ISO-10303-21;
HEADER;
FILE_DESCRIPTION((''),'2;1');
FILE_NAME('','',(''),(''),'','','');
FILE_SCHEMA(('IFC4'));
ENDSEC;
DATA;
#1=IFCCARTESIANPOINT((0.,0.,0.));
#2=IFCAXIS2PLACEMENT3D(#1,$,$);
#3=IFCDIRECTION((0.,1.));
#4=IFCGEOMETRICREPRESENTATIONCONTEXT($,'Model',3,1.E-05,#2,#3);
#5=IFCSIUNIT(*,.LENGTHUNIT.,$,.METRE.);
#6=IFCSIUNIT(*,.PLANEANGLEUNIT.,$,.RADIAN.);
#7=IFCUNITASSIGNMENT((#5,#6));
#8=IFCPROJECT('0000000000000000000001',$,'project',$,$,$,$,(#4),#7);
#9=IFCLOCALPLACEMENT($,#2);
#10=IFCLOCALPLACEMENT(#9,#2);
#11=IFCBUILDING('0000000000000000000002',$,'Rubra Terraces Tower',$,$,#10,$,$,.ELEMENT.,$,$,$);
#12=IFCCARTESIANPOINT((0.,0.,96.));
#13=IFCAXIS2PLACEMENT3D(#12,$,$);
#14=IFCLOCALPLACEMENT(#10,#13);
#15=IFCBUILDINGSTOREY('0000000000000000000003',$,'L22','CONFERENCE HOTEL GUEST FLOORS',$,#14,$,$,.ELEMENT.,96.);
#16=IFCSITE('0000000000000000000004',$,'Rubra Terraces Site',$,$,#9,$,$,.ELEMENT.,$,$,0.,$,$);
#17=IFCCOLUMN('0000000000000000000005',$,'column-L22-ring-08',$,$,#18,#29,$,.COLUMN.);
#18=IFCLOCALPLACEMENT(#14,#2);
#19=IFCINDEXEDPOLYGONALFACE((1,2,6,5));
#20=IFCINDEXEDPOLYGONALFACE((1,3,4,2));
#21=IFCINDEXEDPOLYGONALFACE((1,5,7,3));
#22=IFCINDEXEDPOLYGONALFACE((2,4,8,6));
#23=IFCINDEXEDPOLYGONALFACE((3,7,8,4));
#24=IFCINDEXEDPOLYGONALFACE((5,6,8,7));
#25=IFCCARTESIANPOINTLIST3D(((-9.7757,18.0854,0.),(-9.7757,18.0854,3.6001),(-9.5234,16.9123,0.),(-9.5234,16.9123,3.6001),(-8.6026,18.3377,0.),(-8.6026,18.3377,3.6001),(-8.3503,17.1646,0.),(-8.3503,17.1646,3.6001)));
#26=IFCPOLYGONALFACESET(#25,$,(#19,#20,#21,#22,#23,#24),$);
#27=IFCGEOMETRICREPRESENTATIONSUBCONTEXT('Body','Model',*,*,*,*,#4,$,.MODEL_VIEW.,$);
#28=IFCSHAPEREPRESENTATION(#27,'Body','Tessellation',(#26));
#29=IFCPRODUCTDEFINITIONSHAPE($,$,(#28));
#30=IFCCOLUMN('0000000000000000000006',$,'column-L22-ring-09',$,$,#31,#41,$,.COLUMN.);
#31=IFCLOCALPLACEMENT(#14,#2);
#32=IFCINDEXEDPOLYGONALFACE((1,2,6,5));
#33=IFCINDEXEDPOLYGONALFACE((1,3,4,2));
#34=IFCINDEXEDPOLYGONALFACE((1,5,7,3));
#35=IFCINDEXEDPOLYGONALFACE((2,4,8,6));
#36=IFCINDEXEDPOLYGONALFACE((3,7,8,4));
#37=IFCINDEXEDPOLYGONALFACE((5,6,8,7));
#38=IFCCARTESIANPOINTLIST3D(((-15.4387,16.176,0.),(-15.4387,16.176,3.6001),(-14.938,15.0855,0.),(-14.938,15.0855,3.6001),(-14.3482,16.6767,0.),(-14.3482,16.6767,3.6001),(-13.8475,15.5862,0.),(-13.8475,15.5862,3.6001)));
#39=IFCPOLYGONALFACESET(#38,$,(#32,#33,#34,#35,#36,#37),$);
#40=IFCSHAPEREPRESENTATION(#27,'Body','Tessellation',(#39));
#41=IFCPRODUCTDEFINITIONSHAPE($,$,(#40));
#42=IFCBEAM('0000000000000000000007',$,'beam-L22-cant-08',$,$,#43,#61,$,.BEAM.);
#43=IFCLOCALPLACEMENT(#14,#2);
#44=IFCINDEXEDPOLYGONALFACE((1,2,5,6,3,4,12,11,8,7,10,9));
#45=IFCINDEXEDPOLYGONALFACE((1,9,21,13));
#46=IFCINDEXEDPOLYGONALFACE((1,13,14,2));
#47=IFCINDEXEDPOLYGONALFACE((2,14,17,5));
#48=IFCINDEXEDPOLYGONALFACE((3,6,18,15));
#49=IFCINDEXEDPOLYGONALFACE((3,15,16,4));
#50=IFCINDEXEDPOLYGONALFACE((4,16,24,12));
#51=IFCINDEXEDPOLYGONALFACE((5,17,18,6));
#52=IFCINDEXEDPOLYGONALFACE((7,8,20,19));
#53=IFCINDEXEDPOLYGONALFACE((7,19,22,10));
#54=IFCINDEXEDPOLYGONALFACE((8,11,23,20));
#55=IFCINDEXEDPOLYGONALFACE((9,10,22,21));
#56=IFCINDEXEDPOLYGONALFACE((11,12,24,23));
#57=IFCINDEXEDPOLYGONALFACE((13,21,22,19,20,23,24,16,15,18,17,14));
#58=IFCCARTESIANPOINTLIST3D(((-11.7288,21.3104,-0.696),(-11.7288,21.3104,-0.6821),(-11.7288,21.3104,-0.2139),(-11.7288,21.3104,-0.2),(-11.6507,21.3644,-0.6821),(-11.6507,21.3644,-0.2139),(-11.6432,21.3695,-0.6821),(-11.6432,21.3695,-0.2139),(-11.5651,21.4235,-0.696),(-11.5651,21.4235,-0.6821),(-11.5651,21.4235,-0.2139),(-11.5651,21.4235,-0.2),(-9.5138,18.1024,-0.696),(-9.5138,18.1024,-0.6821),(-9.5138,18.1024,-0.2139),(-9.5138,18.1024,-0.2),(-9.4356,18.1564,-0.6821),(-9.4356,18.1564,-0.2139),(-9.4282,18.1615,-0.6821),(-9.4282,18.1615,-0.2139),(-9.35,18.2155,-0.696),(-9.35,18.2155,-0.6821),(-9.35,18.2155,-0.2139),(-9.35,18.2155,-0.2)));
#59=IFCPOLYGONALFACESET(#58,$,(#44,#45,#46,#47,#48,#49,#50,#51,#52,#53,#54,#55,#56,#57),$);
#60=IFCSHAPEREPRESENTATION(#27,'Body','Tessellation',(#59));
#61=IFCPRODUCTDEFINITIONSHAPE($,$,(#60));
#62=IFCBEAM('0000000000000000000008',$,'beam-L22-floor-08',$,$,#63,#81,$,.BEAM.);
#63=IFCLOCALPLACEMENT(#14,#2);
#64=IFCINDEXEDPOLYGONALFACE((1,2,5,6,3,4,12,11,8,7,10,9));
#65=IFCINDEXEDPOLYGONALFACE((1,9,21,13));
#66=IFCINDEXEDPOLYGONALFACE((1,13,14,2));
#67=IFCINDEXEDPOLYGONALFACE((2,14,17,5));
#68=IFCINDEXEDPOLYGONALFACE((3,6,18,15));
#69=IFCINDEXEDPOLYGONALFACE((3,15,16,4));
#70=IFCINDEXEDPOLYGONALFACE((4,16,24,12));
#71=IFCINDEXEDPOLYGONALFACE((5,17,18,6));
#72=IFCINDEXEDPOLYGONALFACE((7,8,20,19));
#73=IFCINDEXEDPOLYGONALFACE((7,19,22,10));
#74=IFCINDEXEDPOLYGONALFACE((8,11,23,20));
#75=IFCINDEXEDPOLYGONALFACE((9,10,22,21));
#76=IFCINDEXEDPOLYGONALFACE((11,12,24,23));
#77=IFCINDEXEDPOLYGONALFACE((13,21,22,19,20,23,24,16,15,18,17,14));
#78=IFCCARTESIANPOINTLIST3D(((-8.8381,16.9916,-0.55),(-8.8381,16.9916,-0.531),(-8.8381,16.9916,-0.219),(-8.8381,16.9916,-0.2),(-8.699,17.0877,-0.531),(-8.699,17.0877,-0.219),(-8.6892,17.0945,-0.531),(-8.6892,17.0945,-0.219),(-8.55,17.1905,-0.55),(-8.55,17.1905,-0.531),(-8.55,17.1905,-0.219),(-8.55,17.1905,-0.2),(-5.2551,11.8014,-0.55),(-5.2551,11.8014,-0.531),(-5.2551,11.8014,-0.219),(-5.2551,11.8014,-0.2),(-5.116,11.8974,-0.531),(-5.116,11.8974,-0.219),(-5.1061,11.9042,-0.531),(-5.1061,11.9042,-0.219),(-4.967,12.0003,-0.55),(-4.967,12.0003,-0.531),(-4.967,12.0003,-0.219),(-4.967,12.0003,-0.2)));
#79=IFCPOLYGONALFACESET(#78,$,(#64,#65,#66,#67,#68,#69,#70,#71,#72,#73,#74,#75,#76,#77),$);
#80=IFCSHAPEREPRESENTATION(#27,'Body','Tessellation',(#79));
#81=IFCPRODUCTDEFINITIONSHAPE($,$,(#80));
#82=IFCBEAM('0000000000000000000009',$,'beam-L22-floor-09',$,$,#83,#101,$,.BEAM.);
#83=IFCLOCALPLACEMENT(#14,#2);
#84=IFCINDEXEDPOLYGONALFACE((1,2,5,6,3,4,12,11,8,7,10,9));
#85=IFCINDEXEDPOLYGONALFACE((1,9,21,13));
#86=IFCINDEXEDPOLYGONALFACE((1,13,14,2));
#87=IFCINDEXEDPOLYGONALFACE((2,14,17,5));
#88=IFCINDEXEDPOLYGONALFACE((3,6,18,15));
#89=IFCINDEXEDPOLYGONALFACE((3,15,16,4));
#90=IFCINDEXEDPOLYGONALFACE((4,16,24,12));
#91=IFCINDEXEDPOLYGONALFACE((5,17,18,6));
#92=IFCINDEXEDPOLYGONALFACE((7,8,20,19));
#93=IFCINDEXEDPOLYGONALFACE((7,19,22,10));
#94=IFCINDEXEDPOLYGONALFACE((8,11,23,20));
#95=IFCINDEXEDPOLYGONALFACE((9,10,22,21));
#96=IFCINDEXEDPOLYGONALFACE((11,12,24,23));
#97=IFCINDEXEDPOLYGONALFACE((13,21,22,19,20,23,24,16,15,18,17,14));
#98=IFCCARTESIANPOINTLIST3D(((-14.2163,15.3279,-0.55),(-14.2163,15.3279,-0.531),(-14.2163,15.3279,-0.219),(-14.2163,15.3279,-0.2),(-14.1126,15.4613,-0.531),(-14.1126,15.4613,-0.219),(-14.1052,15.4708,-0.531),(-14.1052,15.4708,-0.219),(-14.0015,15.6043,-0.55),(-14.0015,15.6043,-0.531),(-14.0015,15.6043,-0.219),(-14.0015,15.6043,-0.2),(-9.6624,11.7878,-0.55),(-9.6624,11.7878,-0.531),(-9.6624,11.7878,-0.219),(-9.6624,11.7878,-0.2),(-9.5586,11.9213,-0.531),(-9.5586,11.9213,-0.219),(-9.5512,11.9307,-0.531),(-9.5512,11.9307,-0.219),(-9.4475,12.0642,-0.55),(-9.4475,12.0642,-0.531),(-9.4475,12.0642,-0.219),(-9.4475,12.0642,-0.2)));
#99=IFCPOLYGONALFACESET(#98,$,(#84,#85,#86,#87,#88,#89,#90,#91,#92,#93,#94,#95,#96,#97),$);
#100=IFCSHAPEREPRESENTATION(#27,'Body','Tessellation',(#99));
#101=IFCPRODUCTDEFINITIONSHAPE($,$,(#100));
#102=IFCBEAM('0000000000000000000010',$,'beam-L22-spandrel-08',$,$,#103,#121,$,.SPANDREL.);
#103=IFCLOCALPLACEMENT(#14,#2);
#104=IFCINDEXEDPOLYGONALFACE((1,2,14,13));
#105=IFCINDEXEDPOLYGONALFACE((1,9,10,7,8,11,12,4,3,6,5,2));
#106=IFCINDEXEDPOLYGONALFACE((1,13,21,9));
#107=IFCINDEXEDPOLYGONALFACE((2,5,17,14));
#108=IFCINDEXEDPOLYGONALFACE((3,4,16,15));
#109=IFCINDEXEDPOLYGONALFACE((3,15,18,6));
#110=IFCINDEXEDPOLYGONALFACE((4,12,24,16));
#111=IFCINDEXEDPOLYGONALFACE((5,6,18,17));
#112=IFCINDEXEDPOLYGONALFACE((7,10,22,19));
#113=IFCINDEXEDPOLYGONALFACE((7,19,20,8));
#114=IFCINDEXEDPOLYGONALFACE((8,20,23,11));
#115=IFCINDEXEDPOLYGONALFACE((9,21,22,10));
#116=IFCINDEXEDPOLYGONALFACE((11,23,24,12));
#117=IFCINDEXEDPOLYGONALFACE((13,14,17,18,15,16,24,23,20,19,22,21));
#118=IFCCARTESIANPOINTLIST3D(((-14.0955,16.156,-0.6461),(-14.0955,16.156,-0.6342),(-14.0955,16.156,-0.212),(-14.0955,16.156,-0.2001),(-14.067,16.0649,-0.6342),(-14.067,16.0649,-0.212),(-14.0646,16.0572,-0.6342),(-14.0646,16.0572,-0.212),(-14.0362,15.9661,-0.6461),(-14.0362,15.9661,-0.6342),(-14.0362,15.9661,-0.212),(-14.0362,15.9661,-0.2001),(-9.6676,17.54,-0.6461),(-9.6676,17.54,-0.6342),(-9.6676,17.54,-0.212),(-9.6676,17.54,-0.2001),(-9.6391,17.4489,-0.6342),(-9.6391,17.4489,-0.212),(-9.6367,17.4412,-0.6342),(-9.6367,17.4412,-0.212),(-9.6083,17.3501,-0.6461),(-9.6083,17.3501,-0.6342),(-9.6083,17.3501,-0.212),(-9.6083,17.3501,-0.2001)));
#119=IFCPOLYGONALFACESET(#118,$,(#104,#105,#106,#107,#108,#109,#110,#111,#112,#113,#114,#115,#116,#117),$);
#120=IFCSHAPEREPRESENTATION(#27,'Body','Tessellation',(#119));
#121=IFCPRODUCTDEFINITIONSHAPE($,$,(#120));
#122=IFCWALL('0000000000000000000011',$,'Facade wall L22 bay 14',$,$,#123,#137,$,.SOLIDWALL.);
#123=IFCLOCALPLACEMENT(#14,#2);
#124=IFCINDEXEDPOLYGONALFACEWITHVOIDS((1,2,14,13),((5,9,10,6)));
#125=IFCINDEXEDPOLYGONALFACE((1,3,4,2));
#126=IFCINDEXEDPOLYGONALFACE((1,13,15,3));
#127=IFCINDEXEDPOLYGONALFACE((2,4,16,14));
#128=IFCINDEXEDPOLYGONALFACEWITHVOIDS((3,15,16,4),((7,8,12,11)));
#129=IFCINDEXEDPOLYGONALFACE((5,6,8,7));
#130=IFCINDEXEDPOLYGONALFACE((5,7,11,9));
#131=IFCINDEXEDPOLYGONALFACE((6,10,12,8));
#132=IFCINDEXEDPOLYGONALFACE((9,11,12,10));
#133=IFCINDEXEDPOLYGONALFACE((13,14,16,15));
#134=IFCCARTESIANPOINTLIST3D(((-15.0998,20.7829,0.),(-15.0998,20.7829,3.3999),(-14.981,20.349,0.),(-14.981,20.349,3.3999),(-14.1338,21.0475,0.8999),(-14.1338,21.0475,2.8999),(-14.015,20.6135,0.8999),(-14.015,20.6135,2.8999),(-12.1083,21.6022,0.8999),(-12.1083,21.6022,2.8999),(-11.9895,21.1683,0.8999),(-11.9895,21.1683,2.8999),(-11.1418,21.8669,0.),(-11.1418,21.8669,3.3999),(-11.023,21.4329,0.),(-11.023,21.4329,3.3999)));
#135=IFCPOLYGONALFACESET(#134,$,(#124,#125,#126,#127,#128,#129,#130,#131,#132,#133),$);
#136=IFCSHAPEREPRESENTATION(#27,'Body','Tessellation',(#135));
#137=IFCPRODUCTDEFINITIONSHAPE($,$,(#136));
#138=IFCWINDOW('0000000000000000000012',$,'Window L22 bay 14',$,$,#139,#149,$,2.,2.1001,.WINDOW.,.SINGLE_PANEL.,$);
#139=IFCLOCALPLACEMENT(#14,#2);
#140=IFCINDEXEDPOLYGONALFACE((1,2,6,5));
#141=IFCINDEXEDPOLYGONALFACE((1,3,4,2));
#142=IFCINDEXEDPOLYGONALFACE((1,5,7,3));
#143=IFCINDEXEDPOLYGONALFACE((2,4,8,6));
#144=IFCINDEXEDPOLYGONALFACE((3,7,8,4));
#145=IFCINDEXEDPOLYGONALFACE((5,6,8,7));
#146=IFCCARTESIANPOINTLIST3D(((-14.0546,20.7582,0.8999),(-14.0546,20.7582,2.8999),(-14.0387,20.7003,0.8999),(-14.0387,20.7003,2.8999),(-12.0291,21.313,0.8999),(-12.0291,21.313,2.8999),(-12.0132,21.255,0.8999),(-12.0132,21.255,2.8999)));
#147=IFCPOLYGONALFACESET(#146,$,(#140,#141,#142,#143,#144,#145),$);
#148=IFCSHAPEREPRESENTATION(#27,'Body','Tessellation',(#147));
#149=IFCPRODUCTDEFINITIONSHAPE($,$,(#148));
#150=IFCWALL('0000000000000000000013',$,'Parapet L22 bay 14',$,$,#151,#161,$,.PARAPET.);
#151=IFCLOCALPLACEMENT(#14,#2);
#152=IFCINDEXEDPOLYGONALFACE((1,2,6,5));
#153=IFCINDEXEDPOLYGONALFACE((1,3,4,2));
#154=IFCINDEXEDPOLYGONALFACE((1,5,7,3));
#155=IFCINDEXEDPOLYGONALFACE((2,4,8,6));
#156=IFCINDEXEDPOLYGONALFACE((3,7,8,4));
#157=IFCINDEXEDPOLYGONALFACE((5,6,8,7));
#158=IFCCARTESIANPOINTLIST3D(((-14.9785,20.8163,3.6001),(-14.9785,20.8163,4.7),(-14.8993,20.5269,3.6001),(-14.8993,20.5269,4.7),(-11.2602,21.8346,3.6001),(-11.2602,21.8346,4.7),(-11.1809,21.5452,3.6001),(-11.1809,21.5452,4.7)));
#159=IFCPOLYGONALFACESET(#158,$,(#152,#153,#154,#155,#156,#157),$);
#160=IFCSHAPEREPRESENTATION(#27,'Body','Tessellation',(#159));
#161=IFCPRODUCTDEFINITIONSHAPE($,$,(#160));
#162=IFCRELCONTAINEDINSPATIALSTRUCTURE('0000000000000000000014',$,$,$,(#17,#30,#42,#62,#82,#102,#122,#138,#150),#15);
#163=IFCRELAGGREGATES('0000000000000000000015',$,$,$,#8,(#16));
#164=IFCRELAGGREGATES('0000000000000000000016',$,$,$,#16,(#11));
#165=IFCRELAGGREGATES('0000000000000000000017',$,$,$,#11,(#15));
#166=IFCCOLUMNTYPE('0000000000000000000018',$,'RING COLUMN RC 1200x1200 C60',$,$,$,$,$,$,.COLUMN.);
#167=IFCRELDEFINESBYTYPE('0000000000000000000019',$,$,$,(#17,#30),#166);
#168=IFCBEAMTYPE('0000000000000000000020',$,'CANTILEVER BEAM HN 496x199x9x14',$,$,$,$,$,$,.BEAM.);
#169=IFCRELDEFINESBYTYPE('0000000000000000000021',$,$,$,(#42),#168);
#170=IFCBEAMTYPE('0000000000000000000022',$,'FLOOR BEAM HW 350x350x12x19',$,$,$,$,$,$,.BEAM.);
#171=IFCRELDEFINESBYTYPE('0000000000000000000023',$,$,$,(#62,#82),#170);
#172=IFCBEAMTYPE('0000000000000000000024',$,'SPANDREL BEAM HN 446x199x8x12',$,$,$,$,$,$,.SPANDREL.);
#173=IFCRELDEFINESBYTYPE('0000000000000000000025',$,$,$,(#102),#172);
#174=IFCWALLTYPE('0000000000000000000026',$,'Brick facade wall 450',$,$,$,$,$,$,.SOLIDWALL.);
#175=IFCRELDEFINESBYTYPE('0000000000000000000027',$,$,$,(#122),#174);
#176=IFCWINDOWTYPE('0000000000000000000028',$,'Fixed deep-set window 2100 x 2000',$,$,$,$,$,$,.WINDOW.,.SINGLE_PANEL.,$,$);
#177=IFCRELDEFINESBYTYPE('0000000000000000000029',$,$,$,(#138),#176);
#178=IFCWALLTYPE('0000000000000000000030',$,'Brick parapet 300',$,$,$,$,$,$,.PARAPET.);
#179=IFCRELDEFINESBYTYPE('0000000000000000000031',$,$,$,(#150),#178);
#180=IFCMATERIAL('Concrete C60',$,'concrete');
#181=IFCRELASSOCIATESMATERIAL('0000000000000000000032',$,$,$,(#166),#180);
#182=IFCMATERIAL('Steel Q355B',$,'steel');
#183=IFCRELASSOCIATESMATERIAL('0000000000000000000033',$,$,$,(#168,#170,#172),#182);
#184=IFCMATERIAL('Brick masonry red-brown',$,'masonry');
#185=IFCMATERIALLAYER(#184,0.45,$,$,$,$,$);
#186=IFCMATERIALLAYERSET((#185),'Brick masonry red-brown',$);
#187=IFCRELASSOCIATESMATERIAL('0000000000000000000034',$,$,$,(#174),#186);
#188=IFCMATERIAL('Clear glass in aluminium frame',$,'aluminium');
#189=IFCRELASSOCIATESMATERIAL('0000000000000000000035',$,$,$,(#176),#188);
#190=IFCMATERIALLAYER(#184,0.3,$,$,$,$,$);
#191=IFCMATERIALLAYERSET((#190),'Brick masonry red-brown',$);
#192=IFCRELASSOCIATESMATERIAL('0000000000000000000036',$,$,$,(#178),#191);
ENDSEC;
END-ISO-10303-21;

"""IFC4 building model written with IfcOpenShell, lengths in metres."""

from ifc_helpers import new_model, si_unit, direction, frame, frame_2d, origin, origin_2d, place, context, subcontext, project, spatial, rectangle, i_section, extrude, material, layer, layer_set, material_profile, profile_set, type_object, element, fill, save


model = new_model("IFC4")

# Units and contexts
model_context = context("Model", 3, precision=1e-05, world=origin(), true_north=direction((0.0, 1.0)))
body_context = subcontext(model_context, "Body", "Model", "MODEL_VIEW")
ifc_project = project(units=[si_unit("LENGTHUNIT", "METRE"), si_unit("PLANEANGLEUNIT", "RADIAN")], contexts=[model_context])

# Site, building, storey
site_placement = place(None, origin())
site = spatial("IfcSite", under=ifc_project, at=site_placement, Name="Rubra Terraces Site", CompositionType="ELEMENT", RefElevation=0.0)
building_placement = place(site_placement, origin())
building = spatial("IfcBuilding", under=site, at=building_placement, Name="Rubra Terraces Tower", CompositionType="ELEMENT")
storey_placement = place(building_placement, frame((0.0, 0.0, 96.0)))
storey = spatial("IfcBuildingStorey", under=building, at=storey_placement, Name="L22", Description="CONFERENCE HOTEL GUEST FLOORS", CompositionType="ELEMENT", Elevation=96.0)

# Columns
ifc_material_1 = material(Name="Concrete C60", Category="concrete")
ifc_material_profile_1 = material_profile(ifc_material_1, rectangle(XDim=1.2, YDim=1.2, at=origin_2d()), Name="RC 1200x1200")
ifc_profile_set_1 = profile_set([ifc_material_profile_1], Name="Concrete C60")
column_type = type_object("IfcColumnType", Name="RING COLUMN RC 1200x1200 C60", PredefinedType="COLUMN", material=ifc_profile_set_1)
for number, where, z_axis, x_axis, name in (
    (1, (-9.063, 17.625, 0.0), (0.0, 0.0, 1.0), (-0.977653, -0.210227, 0.0), "column-L22-ring-08"),
    (2, (-14.6431, 15.8811, 0.0), (0.0, 0.0, 1.0), (-0.908779, -0.417279, 0.0), "column-L22-ring-09"),
):
    element("IfcColumn", number, at=place(storey_placement, frame(where, z_axis=z_axis, x_axis=x_axis)), inside=storey, type_object=column_type, Name=name, PredefinedType="COLUMN", context=body_context, shape_type="SweptSolid", body=[
        extrude(rectangle(XDim=1.2, YDim=1.2, at=origin_2d()), origin(), (0.0, 0.0, 1.0), 3.6001),
    ])

# Beams
ifc_material_2 = material(Name="Steel Q355B", Category="steel")
ifc_material_profile_2 = material_profile(ifc_material_2, i_section(OverallWidth=0.199, OverallDepth=0.4961, WebThickness=0.009, FlangeThickness=0.0139, at=origin_2d()), Name="HN 496x199x9x14")
ifc_profile_set_2 = profile_set([ifc_material_profile_2], Name="Steel Q355B")
beam_type_1 = type_object("IfcBeamType", Name="CANTILEVER BEAM HN 496x199x9x14", PredefinedType="BEAM", material=ifc_profile_set_2)
beam_1_placement = place(storey_placement, frame((-9.4319, 18.1589, -0.448), z_axis=(-0.568197, 0.822893, 0.0), x_axis=(-0.822893, -0.568197, 0.0)))
element("IfcBeam", 3, at=beam_1_placement, inside=storey, type_object=beam_type_1, Name="beam-L22-cant-08", PredefinedType="BEAM", context=body_context, shape_type="SweptSolid", body=[
    extrude(i_section(OverallWidth=0.199, OverallDepth=0.4961, WebThickness=0.009, FlangeThickness=0.0139, at=origin_2d()), origin(), (0.0, 0.0, 1.0), 3.8984),
])
ifc_material_profile_3 = material_profile(ifc_material_2, i_section(OverallWidth=0.3501, OverallDepth=0.3501, WebThickness=0.012, FlangeThickness=0.019, at=origin_2d()), Name="HW 350x350x12x19")
ifc_profile_set_3 = profile_set([ifc_material_profile_3], Name="Steel Q355B")
beam_type_2 = type_object("IfcBeamType", Name="FLOOR BEAM HW 350x350x12x19", PredefinedType="BEAM", material=ifc_profile_set_3)
beam_2_placement = place(storey_placement, frame((-8.6941, 17.0911, -0.375), z_axis=(0.568116, -0.822948, 0.0), x_axis=(0.822948, 0.568116, 0.0)))
element("IfcBeam", 4, at=beam_2_placement, inside=storey, type_object=beam_type_2, Name="beam-L22-floor-08", PredefinedType="BEAM", context=body_context, shape_type="SweptSolid", body=[
    extrude(i_section(OverallWidth=0.3501, OverallDepth=0.3501, WebThickness=0.012, FlangeThickness=0.019, at=origin_2d()), origin(), (0.0, 0.0, 1.0), 6.3069),
])
beam_3_placement = place(storey_placement, frame((-14.1089, 15.4661, -0.375), z_axis=(0.789514, -0.613733, 0.0), x_axis=(0.613733, 0.789514, 0.0)))
element("IfcBeam", 5, at=beam_3_placement, inside=storey, type_object=beam_type_2, Name="beam-L22-floor-09", PredefinedType="BEAM", context=body_context, shape_type="SweptSolid", body=[
    extrude(i_section(OverallWidth=0.3501, OverallDepth=0.3501, WebThickness=0.012, FlangeThickness=0.019, at=origin_2d()), origin(), (0.0, 0.0, 1.0), 5.7681),
])
ifc_material_profile_4 = material_profile(ifc_material_2, i_section(OverallWidth=0.199, OverallDepth=0.446, WebThickness=0.0081, FlangeThickness=0.012, at=origin_2d()), Name="HN 446x199x8x12")
ifc_profile_set_4 = profile_set([ifc_material_profile_4], Name="Steel Q355B")
beam_type_3 = type_object("IfcBeamType", Name="SPANDREL BEAM HN 446x199x8x12", PredefinedType="SPANDREL", material=ifc_profile_set_4)
beam_4_placement = place(storey_placement, frame((-9.6379, 17.4451, -0.4231), z_axis=(-0.954462, -0.298332, 0.0), x_axis=(0.298332, -0.954462, 0.0)))
element("IfcBeam", 6, at=beam_4_placement, inside=storey, type_object=beam_type_3, Name="beam-L22-spandrel-08", PredefinedType="SPANDREL", context=body_context, shape_type="SweptSolid", body=[
    extrude(i_section(OverallWidth=0.199, OverallDepth=0.446, WebThickness=0.0081, FlangeThickness=0.012, at=origin_2d()), origin(), (0.0, 0.0, 1.0), 4.6392),
])

# Wall, opening, window
ifc_material_3 = material(Name="Brick masonry red-brown", Category="masonry")
ifc_layer_1 = layer(ifc_material_3, 0.45)
ifc_layer_set_1 = layer_set([ifc_layer_1], Name="Brick masonry red-brown")
wall_type_1 = type_object("IfcWallType", Name="Brick facade wall 450", PredefinedType="SOLIDWALL", material=ifc_layer_set_1)
wall_1_placement = place(storey_placement, frame((-11.0825, 21.6499, 0.0), z_axis=(0.0, 0.0, 1.0), x_axis=(-0.964483, -0.264144, 0.0)))
wall_1 = element("IfcWall", 7, at=wall_1_placement, inside=storey, type_object=wall_type_1, Name="Facade wall L22 bay 14", PredefinedType="SOLIDWALL", context=body_context, shape_type="SweptSolid", body=[
    extrude(rectangle(XDim=4.1038, YDim=0.45, at=frame_2d((2.0518, 0.0))), origin(), (0.0, 0.0, 1.0), 3.3999),
])
opening_1_placement = place(wall_1_placement, frame((1.002, 0.0, 0.8999)))
opening_1 = element("IfcOpeningElement", 8, at=opening_1_placement, cuts=wall_1, PredefinedType="OPENING", context=body_context, shape_type="SweptSolid", body=[
    extrude(rectangle(XDim=2.1001, YDim=2.0, at=frame_2d((1.05, 1.0))), frame((0.0, 0.2349, 0.0), z_axis=(0.0, -1.0, 0.0), x_axis=(1.0, 0.0, 0.0)), (0.0, 0.0, 1.0), 0.47),
])
ifc_material_4 = material(Name="Clear glass in aluminium frame", Category="aluminium")
window_type = type_object("IfcWindowType", Name="Fixed deep-set window 2100 x 2000", PartitioningType="SINGLE_PANEL", PredefinedType="WINDOW", material=ifc_material_4)
window_placement = place(opening_1_placement, origin())
window = element("IfcWindow", 9, at=window_placement, inside=storey, type_object=window_type, Name="Window L22 bay 14", OverallHeight=2.0, OverallWidth=2.1001, PartitioningType="SINGLE_PANEL", PredefinedType="WINDOW", context=body_context, shape_type="SweptSolid", body=[
    extrude(rectangle(XDim=2.1001, YDim=2.0, at=frame_2d((1.05, 1.0))), frame((0.0, 0.135, 0.0), z_axis=(0.0, -1.0, 0.0), x_axis=(1.0, 0.0, 0.0)), (0.0, 0.0, 1.0), 0.0601),
])
fill(opening_1, window)

# Wall
ifc_layer_2 = layer(ifc_material_3, 0.3)
ifc_layer_set_2 = layer_set([ifc_layer_2], Name="Brick masonry red-brown")
wall_type_2 = type_object("IfcWallType", Name="Brick parapet 300", PredefinedType="PARAPET", material=ifc_layer_set_2)
wall_2_placement = place(storey_placement, frame((-11.2205, 21.6899, 3.6001), z_axis=(0.0, 0.0, 1.0), x_axis=(-0.964484, -0.264141, 0.0)))
element("IfcWall", 10, at=wall_2_placement, inside=storey, type_object=wall_type_2, Name="Parapet L22 bay 14", PredefinedType="PARAPET", context=body_context, shape_type="SweptSolid", body=[
    extrude(rectangle(XDim=3.8552, YDim=0.3, at=frame_2d((1.9277, 0.0))), origin(), (0.0, 0.0, 1.0), 1.0999),
])

save(model, "model.ifc")
